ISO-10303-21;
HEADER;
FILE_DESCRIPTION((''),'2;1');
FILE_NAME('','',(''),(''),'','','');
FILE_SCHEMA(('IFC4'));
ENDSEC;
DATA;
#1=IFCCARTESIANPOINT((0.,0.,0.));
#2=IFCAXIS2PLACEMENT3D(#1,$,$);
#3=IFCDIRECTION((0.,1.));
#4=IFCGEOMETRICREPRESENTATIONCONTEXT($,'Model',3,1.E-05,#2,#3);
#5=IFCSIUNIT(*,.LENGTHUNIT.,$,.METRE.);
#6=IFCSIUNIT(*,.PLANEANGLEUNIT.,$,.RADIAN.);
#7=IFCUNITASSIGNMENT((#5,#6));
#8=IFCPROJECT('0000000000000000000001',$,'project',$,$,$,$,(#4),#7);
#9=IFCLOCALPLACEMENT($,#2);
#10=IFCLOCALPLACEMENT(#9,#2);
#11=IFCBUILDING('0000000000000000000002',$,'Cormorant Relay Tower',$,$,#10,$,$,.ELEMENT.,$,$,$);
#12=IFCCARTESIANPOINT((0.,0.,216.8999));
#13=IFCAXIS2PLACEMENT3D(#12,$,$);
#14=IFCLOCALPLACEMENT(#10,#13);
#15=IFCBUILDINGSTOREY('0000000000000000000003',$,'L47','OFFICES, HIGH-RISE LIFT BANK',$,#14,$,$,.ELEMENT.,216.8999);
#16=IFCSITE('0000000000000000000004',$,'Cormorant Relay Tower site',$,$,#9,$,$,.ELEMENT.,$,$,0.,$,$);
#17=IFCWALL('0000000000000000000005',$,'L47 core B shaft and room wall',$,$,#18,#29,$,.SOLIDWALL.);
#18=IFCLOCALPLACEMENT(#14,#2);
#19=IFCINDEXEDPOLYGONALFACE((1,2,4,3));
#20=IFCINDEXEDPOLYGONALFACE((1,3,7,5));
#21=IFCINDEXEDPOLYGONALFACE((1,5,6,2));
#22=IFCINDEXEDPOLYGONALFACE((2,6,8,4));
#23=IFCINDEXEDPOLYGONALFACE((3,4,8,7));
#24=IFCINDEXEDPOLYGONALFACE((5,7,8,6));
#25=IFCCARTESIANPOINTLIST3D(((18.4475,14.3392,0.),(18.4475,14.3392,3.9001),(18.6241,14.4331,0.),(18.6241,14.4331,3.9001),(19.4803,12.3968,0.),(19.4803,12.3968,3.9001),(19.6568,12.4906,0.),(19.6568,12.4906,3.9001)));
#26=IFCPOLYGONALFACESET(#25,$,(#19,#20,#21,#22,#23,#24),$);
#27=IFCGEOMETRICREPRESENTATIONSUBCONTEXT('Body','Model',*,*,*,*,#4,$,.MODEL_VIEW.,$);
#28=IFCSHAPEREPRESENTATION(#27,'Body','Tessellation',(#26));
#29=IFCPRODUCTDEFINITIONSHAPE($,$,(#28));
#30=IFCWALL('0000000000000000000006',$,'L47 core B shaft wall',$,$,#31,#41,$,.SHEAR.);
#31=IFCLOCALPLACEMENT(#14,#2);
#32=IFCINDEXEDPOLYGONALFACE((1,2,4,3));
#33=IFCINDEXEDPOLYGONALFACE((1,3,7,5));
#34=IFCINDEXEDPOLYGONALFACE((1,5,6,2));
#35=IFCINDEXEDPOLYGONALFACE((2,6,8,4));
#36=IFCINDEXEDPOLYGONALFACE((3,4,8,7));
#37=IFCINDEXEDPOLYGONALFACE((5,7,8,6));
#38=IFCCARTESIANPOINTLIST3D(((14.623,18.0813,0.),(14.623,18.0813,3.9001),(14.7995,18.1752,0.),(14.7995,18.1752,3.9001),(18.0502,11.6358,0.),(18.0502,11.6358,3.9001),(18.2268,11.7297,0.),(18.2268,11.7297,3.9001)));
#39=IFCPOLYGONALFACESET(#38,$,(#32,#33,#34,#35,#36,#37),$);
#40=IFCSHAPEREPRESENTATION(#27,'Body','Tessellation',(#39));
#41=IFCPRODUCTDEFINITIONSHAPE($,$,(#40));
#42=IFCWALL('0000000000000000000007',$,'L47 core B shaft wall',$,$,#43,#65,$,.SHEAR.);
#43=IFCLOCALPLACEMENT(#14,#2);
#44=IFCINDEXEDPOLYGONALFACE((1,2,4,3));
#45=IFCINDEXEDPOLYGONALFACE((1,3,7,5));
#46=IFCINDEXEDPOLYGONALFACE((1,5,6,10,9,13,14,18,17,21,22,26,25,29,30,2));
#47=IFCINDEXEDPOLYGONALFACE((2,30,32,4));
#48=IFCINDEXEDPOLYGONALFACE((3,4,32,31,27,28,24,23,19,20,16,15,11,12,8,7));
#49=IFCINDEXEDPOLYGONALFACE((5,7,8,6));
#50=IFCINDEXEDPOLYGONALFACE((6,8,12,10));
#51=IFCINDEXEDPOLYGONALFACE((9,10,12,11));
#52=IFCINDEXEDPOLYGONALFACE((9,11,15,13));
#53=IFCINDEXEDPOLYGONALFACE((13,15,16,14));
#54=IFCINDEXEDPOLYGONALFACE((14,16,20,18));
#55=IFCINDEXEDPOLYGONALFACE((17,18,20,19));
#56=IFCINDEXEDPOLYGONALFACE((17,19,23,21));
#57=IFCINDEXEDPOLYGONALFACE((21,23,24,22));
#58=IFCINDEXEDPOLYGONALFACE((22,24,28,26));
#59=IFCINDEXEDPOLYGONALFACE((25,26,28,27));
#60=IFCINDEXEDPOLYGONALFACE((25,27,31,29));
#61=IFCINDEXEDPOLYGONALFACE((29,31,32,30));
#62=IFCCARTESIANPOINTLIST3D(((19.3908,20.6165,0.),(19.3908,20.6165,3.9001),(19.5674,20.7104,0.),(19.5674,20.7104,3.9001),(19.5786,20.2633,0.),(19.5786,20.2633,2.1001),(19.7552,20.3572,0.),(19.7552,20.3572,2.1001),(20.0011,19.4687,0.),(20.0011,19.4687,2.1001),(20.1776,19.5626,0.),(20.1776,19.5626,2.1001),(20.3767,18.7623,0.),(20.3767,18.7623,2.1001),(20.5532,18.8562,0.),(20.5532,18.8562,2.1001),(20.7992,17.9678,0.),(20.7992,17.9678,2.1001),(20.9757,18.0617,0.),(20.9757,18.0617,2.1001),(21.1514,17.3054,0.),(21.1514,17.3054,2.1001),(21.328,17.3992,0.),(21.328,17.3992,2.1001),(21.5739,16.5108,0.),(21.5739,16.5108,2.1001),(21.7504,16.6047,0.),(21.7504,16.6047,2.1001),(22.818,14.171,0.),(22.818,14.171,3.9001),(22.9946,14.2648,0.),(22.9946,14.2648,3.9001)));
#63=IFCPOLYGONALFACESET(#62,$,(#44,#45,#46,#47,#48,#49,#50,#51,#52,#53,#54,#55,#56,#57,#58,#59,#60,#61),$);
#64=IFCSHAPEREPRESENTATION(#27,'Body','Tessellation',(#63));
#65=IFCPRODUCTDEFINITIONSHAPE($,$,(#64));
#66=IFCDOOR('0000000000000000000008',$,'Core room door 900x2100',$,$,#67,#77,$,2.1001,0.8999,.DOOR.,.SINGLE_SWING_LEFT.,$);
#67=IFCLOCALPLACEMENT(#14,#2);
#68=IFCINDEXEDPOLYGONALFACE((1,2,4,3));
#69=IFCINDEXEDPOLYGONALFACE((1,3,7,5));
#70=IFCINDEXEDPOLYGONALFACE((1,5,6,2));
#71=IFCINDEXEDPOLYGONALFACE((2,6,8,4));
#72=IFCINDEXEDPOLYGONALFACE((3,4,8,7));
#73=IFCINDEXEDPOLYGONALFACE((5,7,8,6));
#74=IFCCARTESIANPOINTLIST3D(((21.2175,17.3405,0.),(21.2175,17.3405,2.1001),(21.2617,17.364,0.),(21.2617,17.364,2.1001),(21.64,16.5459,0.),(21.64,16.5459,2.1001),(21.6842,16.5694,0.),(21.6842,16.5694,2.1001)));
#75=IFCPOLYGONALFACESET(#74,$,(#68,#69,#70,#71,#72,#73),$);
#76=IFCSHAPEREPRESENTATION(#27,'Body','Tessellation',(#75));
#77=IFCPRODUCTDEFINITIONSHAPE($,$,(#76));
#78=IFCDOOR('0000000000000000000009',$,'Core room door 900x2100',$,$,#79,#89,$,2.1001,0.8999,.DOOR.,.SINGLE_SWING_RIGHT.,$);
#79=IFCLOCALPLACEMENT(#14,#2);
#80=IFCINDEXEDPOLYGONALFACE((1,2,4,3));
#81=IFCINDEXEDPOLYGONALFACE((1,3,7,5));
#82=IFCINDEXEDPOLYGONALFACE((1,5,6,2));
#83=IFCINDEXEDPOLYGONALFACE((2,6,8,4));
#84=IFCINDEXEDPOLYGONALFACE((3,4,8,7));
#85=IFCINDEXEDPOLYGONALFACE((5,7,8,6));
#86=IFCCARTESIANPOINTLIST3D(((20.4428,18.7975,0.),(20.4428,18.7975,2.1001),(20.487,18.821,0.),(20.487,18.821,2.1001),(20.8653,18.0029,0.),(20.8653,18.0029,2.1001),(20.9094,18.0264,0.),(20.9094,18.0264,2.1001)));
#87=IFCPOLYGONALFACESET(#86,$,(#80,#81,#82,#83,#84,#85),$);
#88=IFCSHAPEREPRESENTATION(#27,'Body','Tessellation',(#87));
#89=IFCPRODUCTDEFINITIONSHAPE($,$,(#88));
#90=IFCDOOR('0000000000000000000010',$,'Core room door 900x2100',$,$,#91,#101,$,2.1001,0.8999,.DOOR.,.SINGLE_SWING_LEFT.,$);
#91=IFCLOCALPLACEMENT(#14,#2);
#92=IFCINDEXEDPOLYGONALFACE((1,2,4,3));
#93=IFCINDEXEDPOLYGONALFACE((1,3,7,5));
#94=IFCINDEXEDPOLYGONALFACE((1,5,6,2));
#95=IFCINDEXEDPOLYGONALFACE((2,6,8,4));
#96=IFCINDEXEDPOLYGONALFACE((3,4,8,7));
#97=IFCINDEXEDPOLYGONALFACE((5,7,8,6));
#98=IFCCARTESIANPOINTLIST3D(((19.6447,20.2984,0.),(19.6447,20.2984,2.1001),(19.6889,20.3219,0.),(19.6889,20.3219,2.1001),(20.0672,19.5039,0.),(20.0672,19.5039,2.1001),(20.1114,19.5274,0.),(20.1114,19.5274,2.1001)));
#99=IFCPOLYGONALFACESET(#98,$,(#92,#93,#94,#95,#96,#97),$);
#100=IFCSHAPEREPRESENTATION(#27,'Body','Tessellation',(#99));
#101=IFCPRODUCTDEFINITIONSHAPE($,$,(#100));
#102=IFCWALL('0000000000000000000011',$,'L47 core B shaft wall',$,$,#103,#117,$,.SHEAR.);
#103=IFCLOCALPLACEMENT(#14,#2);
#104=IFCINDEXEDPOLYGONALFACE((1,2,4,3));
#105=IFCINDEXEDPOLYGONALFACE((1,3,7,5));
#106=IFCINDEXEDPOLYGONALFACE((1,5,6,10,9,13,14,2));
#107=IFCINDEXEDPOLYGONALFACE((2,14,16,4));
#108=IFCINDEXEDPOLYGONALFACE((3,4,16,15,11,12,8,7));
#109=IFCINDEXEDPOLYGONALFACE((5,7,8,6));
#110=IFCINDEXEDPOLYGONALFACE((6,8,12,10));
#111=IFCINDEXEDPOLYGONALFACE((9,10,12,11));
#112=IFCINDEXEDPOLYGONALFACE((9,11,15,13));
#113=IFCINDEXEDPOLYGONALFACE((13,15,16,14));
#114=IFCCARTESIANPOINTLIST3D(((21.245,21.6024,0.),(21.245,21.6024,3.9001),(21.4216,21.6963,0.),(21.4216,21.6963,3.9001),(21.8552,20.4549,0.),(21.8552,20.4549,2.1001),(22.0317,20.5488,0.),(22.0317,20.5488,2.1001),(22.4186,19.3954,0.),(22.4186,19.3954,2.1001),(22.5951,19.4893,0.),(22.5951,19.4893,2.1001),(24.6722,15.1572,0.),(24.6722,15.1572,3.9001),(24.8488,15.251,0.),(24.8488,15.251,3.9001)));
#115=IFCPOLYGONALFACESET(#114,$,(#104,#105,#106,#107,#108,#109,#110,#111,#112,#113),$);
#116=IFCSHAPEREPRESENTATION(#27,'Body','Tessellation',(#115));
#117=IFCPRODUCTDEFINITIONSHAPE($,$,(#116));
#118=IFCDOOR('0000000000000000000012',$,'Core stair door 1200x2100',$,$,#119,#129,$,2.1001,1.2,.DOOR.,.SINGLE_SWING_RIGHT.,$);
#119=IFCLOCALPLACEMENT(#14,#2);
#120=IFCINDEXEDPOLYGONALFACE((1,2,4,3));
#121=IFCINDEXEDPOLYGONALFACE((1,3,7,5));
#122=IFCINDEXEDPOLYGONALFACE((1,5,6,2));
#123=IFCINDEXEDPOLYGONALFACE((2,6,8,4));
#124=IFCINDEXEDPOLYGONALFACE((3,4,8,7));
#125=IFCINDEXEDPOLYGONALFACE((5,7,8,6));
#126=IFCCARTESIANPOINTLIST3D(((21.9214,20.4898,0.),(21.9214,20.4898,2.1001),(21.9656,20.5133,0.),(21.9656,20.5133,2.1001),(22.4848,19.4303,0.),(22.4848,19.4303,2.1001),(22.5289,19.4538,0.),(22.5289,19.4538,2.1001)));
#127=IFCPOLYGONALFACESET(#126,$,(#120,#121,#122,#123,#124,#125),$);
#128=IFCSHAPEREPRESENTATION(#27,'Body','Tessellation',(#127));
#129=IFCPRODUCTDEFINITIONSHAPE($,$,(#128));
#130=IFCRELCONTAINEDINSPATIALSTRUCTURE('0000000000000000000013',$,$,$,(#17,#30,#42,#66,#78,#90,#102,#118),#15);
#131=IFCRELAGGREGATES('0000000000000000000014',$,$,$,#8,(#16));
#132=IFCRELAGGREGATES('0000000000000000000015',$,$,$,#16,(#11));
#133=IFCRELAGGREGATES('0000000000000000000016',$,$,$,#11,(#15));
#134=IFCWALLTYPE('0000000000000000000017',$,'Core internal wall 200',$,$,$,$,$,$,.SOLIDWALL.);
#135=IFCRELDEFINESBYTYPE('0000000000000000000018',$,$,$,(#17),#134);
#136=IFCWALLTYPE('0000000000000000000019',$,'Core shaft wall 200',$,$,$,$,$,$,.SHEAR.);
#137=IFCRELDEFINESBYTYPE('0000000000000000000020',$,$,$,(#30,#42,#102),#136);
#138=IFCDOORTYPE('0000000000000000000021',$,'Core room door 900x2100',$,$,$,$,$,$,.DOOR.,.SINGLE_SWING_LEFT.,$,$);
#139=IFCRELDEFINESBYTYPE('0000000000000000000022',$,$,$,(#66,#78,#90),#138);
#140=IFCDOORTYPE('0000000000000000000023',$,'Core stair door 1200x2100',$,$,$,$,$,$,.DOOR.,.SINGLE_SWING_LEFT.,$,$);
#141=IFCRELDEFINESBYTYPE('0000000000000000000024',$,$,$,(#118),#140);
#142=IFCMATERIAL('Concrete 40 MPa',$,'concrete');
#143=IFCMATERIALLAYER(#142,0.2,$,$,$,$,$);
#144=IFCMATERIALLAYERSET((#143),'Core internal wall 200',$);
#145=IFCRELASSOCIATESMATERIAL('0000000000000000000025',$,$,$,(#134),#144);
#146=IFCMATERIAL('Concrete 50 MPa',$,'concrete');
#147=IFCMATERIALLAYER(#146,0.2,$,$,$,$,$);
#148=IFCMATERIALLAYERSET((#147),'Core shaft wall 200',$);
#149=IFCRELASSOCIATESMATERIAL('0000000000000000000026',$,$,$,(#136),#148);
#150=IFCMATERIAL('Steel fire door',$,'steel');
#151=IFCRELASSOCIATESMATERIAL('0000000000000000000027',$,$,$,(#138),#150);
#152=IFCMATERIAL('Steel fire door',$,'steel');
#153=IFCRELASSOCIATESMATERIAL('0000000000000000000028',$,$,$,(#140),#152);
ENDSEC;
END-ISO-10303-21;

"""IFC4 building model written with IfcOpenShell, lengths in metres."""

from ifc_helpers import new_model, si_unit, direction, frame, frame_2d, origin, place, context, subcontext, project, spatial, rectangle, extrude, material, layer, layer_set, type_object, element, fill, save


model = new_model("IFC4")

# Units and contexts
model_context = context("Model", 3, precision=1e-05, world=origin(), true_north=direction((0.0, 1.0)))
body_context = subcontext(model_context, "Body", "Model", "MODEL_VIEW")
ifc_project = project(units=[si_unit("LENGTHUNIT", "METRE"), si_unit("PLANEANGLEUNIT", "RADIAN")], contexts=[model_context])

# Site, building, storey
site_placement = place(None, origin())
site = spatial("IfcSite", under=ifc_project, at=site_placement, Name="Cormorant Relay Tower site", CompositionType="ELEMENT", RefElevation=0.0)
building_placement = place(site_placement, origin())
building = spatial("IfcBuilding", under=site, at=building_placement, Name="Cormorant Relay Tower", CompositionType="ELEMENT")
storey_placement = place(building_placement, frame((0.0, 0.0, 216.8999)))
storey = spatial("IfcBuildingStorey", under=building, at=storey_placement, Name="L47", Description="OFFICES, HIGH-RISE LIFT BANK", CompositionType="ELEMENT", Elevation=216.8999)

# Walls
ifc_material_1 = material(Name="Concrete 40 MPa", Category="concrete")
ifc_layer_1 = layer(ifc_material_1, 0.2)
ifc_layer_set_1 = layer_set([ifc_layer_1], Name="Core internal wall 200")
wall_type_1 = type_object("IfcWallType", Name="Core internal wall 200", PredefinedType="SOLIDWALL", material=ifc_layer_set_1)
wall_1_placement = place(storey_placement, frame((19.5686, 12.4436, 0.0), z_axis=(0.0, 0.0, 1.0), x_axis=(-0.469447, 0.88296, 0.0)))
element("IfcWall", 1, at=wall_1_placement, inside=storey, type_object=wall_type_1, Name="L47 core B shaft and room wall", PredefinedType="SOLIDWALL", context=body_context, shape_type="SweptSolid", body=[
    extrude(rectangle(XDim=2.2, YDim=0.2, at=frame_2d((1.1001, 0.0))), origin(), (0.0, 0.0, 1.0), 3.9001),
])
ifc_material_2 = material(Name="Concrete 50 MPa", Category="concrete")
ifc_layer_2 = layer(ifc_material_2, 0.2)
ifc_layer_set_2 = layer_set([ifc_layer_2], Name="Core shaft wall 200")
wall_type_2 = type_object("IfcWallType", Name="Core shaft wall 200", PredefinedType="SHEAR", material=ifc_layer_set_2)
wall_2_placement = place(storey_placement, frame((18.1384, 11.6829, 0.0), z_axis=(0.0, 0.0, 1.0), x_axis=(-0.46948, 0.882943, 0.0)))
element("IfcWall", 2, at=wall_2_placement, inside=storey, type_object=wall_type_2, Name="L47 core B shaft wall", PredefinedType="SHEAR", context=body_context, shape_type="SweptSolid", body=[
    extrude(rectangle(XDim=7.3, YDim=0.2, at=frame_2d((3.6499, 0.0))), origin(), (0.0, 0.0, 1.0), 3.9001),
])

# Wall, openings, doors
wall_3_placement = place(storey_placement, frame((22.9062, 14.218, 0.0), z_axis=(0.0, 0.0, 1.0), x_axis=(-0.46948, 0.882943, 0.0)))
wall_3 = element("IfcWall", 3, at=wall_3_placement, inside=storey, type_object=wall_type_2, Name="L47 core B shaft wall", PredefinedType="SHEAR", context=body_context, shape_type="SweptSolid", body=[
    extrude(rectangle(XDim=7.3, YDim=0.2, at=frame_2d((3.6499, 0.0))), origin(), (0.0, 0.0, 1.0), 3.9001),
])
opening_1_placement = place(wall_3_placement, frame((2.6499, 0.0, 0.0)))
opening_1 = element("IfcOpeningElement", 4, at=opening_1_placement, cuts=wall_3, PredefinedType="OPENING", context=body_context, shape_type="SweptSolid", body=[
    extrude(rectangle(XDim=0.8999, YDim=2.1001, at=frame_2d((0.45, 1.05))), frame((0.0, 0.1099, 0.0), z_axis=(0.0, -1.0, 0.0), x_axis=(1.0, 0.0, 0.0)), (0.0, 0.0, 1.0), 0.22),
])
opening_2_placement = place(wall_3_placement, frame((4.3, 0.0, 0.0)))
opening_2 = element("IfcOpeningElement", 5, at=opening_2_placement, cuts=wall_3, PredefinedType="OPENING", context=body_context, shape_type="SweptSolid", body=[
    extrude(rectangle(XDim=0.8999, YDim=2.1001, at=frame_2d((0.45, 1.05))), frame((0.0, 0.1099, 0.0), z_axis=(0.0, -1.0, 0.0), x_axis=(1.0, 0.0, 0.0)), (0.0, 0.0, 1.0), 0.22),
])
opening_3_placement = place(wall_3_placement, frame((6.0, 0.0, 0.0)))
opening_3 = element("IfcOpeningElement", 6, at=opening_3_placement, cuts=wall_3, PredefinedType="OPENING", context=body_context, shape_type="SweptSolid", body=[
    extrude(rectangle(XDim=0.8999, YDim=2.1001, at=frame_2d((0.45, 1.05))), frame((0.0, 0.1099, 0.0), z_axis=(0.0, -1.0, 0.0), x_axis=(1.0, 0.0, 0.0)), (0.0, 0.0, 1.0), 0.22),
])
ifc_material_3 = material(Name="Steel fire door", Category="steel")
door_type_1 = type_object("IfcDoorType", Name="Core room door 900x2100", OperationType="SINGLE_SWING_LEFT", PredefinedType="DOOR", material=ifc_material_3)
door_1_placement = place(opening_1_placement, frame((0.8999, 0.0, 0.0), z_axis=(0.0, 0.0, 1.0), x_axis=(-1.0, 0.0, 0.0)))
door_1 = element("IfcDoor", 7, at=door_1_placement, inside=storey, type_object=door_type_1, Name="Core room door 900x2100", OperationType="SINGLE_SWING_LEFT", OverallHeight=2.1001, OverallWidth=0.8999, PredefinedType="DOOR", context=body_context, shape_type="SweptSolid", body=[
    extrude(rectangle(XDim=0.8999, YDim=2.1001, at=frame_2d((0.45, 1.05))), frame((0.0, 0.0249, 0.0), z_axis=(0.0, -1.0, 0.0), x_axis=(1.0, 0.0, 0.0)), (0.0, 0.0, 1.0), 0.05),
])
fill(opening_1, door_1)
door_2_placement = place(opening_2_placement, frame((0.8999, 0.0, 0.0), z_axis=(0.0, 0.0, 1.0), x_axis=(-1.0, 0.0, 0.0)))
door_2 = element("IfcDoor", 8, at=door_2_placement, inside=storey, type_object=door_type_1, Name="Core room door 900x2100", OperationType="SINGLE_SWING_RIGHT", OverallHeight=2.1001, OverallWidth=0.8999, PredefinedType="DOOR", context=body_context, shape_type="SweptSolid", body=[
    extrude(rectangle(XDim=0.8999, YDim=2.1001, at=frame_2d((0.45, 1.05))), frame((0.0, 0.0249, 0.0), z_axis=(0.0, -1.0, 0.0), x_axis=(1.0, 0.0, 0.0)), (0.0, 0.0, 1.0), 0.05),
])
fill(opening_2, door_2)
door_3_placement = place(opening_3_placement, frame((0.8999, 0.0, 0.0), z_axis=(0.0, 0.0, 1.0), x_axis=(-1.0, 0.0, 0.0)))
door_3 = element("IfcDoor", 9, at=door_3_placement, inside=storey, type_object=door_type_1, Name="Core room door 900x2100", OperationType="SINGLE_SWING_LEFT", OverallHeight=2.1001, OverallWidth=0.8999, PredefinedType="DOOR", context=body_context, shape_type="SweptSolid", body=[
    extrude(rectangle(XDim=0.8999, YDim=2.1001, at=frame_2d((0.45, 1.05))), frame((0.0, 0.0249, 0.0), z_axis=(0.0, -1.0, 0.0), x_axis=(1.0, 0.0, 0.0)), (0.0, 0.0, 1.0), 0.05),
])
fill(opening_3, door_3)

# Wall, opening, door
wall_4_placement = place(storey_placement, frame((24.7605, 15.2041, 0.0), z_axis=(0.0, 0.0, 1.0), x_axis=(-0.469494, 0.882936, 0.0)))
wall_4 = element("IfcWall", 10, at=wall_4_placement, inside=storey, type_object=wall_type_2, Name="L47 core B shaft wall", PredefinedType="SHEAR", context=body_context, shape_type="SweptSolid", body=[
    extrude(rectangle(XDim=7.2998, YDim=0.2, at=frame_2d((3.6499, 0.0))), origin(), (0.0, 0.0, 1.0), 3.9001),
])
opening_4_placement = place(wall_4_placement, frame((4.8, 0.0, 0.0)))
opening_4 = element("IfcOpeningElement", 11, at=opening_4_placement, cuts=wall_4, PredefinedType="OPENING", context=body_context, shape_type="SweptSolid", body=[
    extrude(rectangle(XDim=1.2, YDim=2.1001, at=frame_2d((0.6001, 1.05))), frame((0.0, 0.1099, 0.0), z_axis=(0.0, -1.0, 0.0), x_axis=(1.0, 0.0, 0.0)), (0.0, 0.0, 1.0), 0.22),
])
ifc_material_4 = material(Name="Steel fire door", Category="steel")
door_type_2 = type_object("IfcDoorType", Name="Core stair door 1200x2100", OperationType="SINGLE_SWING_LEFT", PredefinedType="DOOR", material=ifc_material_4)
door_4_placement = place(opening_4_placement, frame((1.2, 0.0, 0.0), z_axis=(0.0, 0.0, 1.0), x_axis=(-1.0, 0.0, 0.0)))
door_4 = element("IfcDoor", 12, at=door_4_placement, inside=storey, type_object=door_type_2, Name="Core stair door 1200x2100", OperationType="SINGLE_SWING_RIGHT", OverallHeight=2.1001, OverallWidth=1.2, PredefinedType="DOOR", context=body_context, shape_type="SweptSolid", body=[
    extrude(rectangle(XDim=1.2, YDim=2.1001, at=frame_2d((0.6001, 1.05))), frame((0.0, 0.0249, 0.0), z_axis=(0.0, -1.0, 0.0), x_axis=(1.0, 0.0, 0.0)), (0.0, 0.0, 1.0), 0.05),
])
fill(opening_4, door_4)

save(model, "model.ifc")
